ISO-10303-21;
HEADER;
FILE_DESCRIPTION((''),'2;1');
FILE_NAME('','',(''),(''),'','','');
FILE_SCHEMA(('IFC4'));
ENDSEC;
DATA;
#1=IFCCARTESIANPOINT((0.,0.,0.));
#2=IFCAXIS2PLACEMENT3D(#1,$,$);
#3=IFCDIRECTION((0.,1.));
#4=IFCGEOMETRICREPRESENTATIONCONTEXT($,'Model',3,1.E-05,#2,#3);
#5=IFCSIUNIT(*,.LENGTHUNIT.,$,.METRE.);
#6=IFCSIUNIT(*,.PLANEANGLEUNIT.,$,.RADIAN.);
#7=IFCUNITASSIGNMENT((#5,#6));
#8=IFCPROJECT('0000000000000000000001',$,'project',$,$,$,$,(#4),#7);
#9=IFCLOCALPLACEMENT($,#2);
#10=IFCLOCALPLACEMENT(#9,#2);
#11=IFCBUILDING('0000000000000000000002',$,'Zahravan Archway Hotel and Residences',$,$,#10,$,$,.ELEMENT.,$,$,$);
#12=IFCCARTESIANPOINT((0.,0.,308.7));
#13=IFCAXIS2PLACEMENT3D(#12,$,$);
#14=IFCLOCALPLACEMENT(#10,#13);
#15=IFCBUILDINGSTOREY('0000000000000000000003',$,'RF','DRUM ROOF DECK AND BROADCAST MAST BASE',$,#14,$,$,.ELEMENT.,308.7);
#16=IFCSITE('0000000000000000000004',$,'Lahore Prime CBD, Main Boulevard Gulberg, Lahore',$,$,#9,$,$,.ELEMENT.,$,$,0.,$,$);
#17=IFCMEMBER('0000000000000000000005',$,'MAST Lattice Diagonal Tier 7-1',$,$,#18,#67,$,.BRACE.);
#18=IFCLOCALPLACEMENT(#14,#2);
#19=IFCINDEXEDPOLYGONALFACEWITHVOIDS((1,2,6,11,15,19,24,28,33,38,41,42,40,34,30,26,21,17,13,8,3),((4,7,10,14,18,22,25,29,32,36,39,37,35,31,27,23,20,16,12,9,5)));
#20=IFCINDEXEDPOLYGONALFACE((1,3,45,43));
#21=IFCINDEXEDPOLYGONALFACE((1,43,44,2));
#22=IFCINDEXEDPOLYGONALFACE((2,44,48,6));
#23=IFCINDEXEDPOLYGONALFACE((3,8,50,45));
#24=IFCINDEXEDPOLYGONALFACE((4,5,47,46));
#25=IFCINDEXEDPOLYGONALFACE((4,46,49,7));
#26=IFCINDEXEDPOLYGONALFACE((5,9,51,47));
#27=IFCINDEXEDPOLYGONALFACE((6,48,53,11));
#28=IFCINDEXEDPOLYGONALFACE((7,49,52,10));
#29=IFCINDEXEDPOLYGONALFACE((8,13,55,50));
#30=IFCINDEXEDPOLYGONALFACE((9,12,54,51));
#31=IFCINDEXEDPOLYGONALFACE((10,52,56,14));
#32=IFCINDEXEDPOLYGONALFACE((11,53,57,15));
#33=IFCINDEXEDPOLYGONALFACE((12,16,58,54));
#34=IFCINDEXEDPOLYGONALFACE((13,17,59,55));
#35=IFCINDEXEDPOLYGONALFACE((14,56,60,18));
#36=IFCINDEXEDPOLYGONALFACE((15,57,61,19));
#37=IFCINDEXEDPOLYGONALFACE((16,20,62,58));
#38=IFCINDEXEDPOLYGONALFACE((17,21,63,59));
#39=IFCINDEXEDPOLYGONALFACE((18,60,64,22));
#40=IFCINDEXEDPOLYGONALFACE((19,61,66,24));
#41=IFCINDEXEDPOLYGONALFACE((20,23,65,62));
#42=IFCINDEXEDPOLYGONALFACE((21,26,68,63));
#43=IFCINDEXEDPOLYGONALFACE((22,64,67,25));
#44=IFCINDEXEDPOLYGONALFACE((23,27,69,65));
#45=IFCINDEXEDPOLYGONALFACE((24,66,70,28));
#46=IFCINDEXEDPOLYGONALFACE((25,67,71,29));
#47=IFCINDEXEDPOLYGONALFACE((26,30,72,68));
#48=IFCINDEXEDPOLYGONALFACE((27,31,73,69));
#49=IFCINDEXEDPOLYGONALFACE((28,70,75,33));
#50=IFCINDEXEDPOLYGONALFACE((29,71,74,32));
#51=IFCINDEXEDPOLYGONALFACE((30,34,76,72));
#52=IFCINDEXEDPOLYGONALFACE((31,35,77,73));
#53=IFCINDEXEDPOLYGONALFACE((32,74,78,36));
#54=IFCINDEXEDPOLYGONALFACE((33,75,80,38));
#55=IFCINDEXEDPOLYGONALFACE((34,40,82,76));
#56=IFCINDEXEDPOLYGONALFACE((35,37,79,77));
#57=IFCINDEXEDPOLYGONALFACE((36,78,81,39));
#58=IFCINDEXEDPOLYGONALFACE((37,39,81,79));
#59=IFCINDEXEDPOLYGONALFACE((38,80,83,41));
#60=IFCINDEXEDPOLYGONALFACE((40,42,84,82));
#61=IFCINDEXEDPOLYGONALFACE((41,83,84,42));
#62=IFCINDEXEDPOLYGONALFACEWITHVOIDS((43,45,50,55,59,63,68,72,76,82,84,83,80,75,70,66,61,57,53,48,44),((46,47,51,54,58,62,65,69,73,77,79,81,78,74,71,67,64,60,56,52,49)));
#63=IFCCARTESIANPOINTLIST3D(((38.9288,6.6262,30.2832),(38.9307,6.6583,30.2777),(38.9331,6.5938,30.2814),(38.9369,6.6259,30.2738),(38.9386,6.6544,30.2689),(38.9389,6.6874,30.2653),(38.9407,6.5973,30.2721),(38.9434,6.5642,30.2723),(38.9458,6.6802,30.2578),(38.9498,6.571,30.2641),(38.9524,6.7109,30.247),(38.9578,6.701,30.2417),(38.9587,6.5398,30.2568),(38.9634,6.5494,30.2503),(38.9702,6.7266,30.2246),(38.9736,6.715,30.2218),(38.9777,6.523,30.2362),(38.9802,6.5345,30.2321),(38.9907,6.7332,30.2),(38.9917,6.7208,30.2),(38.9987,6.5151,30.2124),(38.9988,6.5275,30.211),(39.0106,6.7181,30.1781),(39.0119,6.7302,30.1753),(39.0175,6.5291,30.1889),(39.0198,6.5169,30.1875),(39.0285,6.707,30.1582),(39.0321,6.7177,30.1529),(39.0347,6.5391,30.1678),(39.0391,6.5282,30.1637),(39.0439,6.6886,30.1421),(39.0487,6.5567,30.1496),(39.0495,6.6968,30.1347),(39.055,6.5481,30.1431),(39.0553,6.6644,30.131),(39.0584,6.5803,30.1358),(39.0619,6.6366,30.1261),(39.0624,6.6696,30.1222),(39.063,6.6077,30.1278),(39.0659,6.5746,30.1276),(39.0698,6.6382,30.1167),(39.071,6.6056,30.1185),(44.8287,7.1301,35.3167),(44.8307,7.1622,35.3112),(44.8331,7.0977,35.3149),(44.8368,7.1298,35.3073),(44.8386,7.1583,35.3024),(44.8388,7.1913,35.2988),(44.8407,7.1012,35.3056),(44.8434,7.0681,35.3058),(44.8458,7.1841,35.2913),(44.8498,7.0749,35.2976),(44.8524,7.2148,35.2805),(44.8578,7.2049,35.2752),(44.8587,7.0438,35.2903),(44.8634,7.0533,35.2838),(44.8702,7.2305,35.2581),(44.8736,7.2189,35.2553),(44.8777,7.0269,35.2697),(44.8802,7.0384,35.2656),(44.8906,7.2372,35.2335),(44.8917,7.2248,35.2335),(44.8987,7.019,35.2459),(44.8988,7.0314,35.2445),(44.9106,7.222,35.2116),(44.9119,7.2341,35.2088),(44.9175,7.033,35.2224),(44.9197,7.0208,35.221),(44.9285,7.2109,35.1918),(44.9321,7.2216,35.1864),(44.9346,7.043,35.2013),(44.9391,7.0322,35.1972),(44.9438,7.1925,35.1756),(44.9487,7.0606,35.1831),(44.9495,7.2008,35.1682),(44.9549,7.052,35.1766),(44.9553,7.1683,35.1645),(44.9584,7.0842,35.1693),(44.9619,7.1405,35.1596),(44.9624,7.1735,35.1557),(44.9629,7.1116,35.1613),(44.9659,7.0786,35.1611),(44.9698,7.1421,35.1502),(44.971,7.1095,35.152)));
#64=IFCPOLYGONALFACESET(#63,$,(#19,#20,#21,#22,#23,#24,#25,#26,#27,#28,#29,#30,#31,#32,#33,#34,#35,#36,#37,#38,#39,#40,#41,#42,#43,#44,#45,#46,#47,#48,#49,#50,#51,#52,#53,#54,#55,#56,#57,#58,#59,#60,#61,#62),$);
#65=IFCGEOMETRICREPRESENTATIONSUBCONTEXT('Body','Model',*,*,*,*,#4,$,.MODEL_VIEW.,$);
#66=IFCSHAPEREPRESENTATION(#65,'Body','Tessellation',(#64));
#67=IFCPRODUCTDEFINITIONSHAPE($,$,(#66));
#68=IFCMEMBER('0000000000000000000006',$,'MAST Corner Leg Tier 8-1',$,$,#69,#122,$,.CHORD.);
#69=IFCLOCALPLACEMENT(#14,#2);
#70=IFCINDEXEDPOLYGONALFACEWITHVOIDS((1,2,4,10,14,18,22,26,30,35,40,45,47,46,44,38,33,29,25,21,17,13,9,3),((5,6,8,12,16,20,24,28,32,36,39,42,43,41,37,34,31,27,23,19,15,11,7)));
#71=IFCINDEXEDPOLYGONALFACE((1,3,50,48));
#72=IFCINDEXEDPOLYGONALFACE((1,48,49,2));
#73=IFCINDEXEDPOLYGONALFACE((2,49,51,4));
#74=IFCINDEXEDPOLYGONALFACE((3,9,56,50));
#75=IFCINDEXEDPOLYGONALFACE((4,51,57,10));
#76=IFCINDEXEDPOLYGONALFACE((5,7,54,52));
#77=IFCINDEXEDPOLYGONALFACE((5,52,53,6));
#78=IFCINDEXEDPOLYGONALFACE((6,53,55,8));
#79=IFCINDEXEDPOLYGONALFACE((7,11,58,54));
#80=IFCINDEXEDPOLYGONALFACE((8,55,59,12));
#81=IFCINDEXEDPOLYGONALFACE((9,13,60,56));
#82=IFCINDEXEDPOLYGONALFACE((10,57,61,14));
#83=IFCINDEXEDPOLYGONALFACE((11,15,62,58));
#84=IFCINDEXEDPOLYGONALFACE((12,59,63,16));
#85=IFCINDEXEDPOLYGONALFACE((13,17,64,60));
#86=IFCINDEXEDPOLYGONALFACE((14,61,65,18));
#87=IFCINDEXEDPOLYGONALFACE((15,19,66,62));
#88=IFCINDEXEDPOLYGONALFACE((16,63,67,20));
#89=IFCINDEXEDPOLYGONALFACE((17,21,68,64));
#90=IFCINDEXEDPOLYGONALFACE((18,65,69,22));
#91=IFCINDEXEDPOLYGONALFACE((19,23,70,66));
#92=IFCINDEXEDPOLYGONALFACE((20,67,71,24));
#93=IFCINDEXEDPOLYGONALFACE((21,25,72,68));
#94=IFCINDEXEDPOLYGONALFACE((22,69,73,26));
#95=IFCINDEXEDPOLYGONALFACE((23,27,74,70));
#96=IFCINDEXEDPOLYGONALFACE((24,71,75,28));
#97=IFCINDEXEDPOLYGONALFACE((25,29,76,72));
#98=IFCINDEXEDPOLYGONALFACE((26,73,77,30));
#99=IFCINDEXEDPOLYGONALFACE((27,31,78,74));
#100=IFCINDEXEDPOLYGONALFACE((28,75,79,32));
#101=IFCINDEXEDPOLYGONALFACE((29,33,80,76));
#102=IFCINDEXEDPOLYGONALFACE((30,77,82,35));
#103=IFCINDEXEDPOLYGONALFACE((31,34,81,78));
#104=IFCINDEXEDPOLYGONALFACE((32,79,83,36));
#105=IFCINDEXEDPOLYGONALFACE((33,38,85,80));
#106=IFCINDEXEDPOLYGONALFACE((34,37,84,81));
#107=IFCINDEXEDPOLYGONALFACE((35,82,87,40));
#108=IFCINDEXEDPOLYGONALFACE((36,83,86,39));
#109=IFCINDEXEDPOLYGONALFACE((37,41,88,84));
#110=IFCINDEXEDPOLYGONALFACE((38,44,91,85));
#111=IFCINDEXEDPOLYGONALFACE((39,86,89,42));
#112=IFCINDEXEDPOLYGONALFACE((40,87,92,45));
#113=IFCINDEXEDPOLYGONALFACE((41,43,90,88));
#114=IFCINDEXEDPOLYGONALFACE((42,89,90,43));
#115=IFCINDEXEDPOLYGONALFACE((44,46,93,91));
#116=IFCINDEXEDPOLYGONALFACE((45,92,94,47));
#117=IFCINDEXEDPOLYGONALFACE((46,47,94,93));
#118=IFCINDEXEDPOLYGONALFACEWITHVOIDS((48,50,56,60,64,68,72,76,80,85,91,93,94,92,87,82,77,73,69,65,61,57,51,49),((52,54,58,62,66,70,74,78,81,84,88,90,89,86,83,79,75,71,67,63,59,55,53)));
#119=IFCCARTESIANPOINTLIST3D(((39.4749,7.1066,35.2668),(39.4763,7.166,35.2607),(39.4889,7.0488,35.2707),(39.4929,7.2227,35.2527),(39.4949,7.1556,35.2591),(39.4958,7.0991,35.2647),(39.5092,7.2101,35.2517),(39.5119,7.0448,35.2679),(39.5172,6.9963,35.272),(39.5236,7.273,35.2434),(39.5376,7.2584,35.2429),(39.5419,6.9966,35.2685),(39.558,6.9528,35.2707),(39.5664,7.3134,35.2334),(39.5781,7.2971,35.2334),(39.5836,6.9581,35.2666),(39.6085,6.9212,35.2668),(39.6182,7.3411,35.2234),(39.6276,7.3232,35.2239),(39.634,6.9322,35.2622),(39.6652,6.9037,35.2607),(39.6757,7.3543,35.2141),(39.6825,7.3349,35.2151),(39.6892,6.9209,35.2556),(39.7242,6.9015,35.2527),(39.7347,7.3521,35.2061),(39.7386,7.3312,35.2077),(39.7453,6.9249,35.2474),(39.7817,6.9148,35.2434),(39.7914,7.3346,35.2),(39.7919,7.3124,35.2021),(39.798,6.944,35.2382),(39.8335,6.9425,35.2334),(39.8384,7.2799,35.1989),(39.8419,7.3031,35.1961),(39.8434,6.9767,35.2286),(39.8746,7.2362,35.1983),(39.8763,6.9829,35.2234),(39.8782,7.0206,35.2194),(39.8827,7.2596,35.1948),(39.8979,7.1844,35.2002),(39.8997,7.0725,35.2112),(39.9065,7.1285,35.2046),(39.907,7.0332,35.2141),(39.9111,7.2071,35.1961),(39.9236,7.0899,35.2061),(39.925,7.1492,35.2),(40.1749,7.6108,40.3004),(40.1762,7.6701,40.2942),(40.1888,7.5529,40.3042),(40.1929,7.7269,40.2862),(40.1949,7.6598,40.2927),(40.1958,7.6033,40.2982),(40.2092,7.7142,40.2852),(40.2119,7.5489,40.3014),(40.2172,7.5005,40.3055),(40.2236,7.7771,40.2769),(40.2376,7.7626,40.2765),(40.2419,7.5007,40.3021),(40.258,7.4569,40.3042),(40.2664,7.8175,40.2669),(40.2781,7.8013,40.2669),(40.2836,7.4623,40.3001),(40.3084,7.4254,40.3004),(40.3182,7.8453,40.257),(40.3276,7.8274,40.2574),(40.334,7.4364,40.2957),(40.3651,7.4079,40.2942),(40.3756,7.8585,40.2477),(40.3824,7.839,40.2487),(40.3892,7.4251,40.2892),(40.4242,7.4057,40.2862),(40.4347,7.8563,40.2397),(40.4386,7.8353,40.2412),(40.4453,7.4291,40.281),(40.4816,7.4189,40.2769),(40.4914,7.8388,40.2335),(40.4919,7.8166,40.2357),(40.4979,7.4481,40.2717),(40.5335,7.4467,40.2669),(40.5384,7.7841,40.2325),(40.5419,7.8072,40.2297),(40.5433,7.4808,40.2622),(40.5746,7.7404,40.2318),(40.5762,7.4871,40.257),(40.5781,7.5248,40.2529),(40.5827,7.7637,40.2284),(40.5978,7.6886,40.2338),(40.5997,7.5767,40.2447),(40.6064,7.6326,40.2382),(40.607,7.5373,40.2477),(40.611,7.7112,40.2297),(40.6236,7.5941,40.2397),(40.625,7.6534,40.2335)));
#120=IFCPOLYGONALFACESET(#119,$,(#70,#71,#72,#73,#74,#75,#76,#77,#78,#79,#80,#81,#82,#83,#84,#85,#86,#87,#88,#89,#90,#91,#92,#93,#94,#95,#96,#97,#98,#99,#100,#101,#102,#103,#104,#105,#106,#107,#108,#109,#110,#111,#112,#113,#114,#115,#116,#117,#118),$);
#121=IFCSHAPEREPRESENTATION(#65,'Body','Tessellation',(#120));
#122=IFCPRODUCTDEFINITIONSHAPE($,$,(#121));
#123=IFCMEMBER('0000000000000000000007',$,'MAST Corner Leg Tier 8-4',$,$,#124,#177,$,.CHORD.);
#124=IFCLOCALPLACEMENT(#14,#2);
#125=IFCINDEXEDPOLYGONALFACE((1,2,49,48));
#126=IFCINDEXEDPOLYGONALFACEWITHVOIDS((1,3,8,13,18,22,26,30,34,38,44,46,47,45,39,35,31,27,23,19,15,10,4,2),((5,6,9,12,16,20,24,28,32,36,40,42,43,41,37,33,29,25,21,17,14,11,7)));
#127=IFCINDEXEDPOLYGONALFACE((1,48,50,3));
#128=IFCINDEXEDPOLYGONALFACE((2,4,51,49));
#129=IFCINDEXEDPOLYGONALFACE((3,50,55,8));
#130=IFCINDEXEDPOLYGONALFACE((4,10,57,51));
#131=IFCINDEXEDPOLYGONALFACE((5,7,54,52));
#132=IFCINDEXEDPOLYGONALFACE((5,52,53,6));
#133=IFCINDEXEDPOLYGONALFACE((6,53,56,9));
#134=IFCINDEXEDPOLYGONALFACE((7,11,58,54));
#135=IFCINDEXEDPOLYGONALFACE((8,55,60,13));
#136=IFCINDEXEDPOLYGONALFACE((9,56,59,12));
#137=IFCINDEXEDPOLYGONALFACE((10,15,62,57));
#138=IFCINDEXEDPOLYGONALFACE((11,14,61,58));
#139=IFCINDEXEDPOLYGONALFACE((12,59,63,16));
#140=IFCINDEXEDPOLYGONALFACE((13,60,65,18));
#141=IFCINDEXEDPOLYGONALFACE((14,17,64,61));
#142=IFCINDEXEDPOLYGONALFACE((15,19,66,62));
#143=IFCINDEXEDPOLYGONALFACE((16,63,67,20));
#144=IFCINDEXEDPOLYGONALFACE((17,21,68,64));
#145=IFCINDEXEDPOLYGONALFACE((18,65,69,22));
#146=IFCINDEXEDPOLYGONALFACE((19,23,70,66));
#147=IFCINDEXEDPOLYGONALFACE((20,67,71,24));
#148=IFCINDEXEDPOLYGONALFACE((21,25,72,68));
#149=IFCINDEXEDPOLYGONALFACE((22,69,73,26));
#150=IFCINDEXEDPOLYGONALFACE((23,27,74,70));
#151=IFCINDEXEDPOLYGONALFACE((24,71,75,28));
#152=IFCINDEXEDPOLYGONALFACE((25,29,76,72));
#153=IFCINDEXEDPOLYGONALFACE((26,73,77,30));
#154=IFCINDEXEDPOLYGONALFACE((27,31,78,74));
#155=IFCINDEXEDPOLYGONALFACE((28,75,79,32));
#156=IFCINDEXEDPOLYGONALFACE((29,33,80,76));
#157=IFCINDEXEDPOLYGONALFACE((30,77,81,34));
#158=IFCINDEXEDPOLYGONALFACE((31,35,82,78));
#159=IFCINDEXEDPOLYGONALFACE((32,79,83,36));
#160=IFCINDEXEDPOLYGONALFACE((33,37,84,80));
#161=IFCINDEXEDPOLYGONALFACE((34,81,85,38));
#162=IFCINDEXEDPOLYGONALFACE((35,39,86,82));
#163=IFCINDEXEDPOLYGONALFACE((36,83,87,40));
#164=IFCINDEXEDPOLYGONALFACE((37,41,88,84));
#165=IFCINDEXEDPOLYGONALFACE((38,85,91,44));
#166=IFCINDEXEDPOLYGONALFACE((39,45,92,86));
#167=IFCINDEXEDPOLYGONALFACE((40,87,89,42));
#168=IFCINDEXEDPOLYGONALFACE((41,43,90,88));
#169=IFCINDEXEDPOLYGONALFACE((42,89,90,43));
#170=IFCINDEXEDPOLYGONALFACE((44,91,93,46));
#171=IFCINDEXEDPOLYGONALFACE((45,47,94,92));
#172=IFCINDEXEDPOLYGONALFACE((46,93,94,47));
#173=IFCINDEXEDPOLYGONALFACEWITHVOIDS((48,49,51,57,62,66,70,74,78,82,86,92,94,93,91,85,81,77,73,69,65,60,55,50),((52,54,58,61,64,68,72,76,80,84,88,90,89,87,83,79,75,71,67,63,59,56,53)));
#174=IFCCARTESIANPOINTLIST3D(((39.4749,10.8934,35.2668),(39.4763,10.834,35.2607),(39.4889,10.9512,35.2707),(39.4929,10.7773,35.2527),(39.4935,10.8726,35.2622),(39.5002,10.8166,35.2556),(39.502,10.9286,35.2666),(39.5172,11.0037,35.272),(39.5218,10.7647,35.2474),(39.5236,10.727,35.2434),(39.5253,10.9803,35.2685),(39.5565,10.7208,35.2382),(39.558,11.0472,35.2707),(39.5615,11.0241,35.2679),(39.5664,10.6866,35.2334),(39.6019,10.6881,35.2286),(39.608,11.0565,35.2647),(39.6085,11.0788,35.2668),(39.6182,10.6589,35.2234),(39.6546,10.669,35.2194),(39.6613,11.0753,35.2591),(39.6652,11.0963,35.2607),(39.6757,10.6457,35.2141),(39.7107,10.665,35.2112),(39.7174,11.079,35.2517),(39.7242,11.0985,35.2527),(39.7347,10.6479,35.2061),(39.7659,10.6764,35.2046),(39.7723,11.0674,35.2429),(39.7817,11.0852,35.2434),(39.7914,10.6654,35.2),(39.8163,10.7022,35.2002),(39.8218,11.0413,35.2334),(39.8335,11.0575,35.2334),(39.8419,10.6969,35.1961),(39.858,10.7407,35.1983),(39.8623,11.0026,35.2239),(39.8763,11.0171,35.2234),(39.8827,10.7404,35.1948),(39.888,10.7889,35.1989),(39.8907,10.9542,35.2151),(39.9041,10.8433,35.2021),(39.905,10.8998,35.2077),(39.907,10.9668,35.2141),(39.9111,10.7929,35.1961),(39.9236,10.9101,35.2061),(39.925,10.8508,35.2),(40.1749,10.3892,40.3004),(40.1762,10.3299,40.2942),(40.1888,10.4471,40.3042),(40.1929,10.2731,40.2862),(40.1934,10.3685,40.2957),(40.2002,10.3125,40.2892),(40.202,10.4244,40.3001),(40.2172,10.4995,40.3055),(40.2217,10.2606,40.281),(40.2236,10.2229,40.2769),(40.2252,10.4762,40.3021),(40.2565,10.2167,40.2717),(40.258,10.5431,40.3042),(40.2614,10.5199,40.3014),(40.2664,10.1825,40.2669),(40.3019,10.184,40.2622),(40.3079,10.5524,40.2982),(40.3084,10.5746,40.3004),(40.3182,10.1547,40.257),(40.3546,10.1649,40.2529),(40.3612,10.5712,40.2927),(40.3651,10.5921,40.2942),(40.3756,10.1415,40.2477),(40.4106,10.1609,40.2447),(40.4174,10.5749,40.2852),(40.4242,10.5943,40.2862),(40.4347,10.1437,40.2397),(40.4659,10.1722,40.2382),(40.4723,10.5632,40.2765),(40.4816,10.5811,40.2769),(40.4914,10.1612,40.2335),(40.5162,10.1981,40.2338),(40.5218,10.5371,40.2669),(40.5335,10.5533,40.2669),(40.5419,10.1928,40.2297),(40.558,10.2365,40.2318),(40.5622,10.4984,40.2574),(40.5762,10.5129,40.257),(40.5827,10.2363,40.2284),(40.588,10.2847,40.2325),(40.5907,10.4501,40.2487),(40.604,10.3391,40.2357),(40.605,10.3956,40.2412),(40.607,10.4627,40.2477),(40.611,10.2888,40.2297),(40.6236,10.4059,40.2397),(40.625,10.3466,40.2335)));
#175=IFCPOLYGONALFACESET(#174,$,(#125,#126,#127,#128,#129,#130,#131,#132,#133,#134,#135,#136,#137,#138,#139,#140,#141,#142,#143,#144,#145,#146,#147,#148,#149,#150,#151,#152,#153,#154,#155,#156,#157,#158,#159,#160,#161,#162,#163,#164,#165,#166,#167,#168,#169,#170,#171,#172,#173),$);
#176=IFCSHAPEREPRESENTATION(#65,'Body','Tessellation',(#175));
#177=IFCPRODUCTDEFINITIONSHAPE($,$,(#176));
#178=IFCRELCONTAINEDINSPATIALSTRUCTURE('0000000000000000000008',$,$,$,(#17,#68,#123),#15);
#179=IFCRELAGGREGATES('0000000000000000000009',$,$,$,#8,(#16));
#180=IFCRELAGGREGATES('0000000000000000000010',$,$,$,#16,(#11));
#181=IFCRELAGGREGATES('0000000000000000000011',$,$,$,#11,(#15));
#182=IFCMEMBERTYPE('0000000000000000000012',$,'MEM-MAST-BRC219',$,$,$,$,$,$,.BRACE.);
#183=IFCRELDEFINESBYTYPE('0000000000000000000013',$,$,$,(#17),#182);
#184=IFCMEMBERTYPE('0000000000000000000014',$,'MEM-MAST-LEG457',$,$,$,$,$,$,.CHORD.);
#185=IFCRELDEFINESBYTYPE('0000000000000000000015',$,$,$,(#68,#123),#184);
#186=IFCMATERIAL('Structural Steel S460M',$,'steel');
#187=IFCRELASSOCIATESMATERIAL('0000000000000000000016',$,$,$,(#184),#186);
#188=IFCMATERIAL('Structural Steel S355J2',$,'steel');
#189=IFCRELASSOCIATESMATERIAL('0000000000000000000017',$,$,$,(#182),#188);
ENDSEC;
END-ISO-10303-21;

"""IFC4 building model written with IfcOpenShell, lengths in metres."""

from ifc_helpers import new_model, si_unit, direction, frame, origin, origin_2d, place, context, subcontext, project, spatial, hollow_circle, extrude, source, transform, mapped, material, material_profile, profile_set, type_object, element, save


model = new_model("IFC4")

# Units and contexts
model_context = context("Model", 3, precision=1e-05, world=origin(), true_north=direction((0.0, 1.0)))
body_context = subcontext(model_context, "Body", "Model", "MODEL_VIEW")
ifc_project = project(units=[si_unit("LENGTHUNIT", "METRE"), si_unit("PLANEANGLEUNIT", "RADIAN")], contexts=[model_context])

# Site, building, storey
site_placement = place(None, origin())
site = spatial("IfcSite", under=ifc_project, at=site_placement, Name="Lahore Prime CBD, Main Boulevard Gulberg, Lahore", CompositionType="ELEMENT", RefElevation=0.0)
building_placement = place(site_placement, origin())
building = spatial("IfcBuilding", under=site, at=building_placement, Name="Zahravan Archway Hotel and Residences", CompositionType="ELEMENT")
storey_placement = place(building_placement, frame((0.0, 0.0, 308.7)))
storey = spatial("IfcBuildingStorey", under=building, at=storey_placement, Name="RF", Description="DRUM ROOF DECK AND BROADCAST MAST BASE", CompositionType="ELEMENT", Elevation=308.7)

# Members
ifc_material_1 = material(Name="Structural Steel S460M", Category="steel")
ifc_material_profile_1 = material_profile(ifc_material_1, hollow_circle(Radius=0.2285, WallThickness=0.02, at=origin_2d()), Name="CHS 457x20", Category="steel")
ifc_profile_set_1 = profile_set([ifc_material_profile_1], Name="Structural Steel S460M")
member_type_1 = type_object("IfcMemberType", Name="MEM-MAST-LEG457", PredefinedType="CHORD", material=ifc_profile_set_1)
ifc_material_2 = material(Name="Structural Steel S355J2", Category="steel")
ifc_material_profile_2 = material_profile(ifc_material_2, hollow_circle(Radius=0.1096, WallThickness=0.0125, at=origin_2d()), Name="CHS 219.1x12.5", Category="steel")
ifc_profile_set_2 = profile_set([ifc_material_profile_2], Name="Structural Steel S355J2")
member_type_2 = type_object("IfcMemberType", Name="MEM-MAST-BRC219", PredefinedType="BRACE", material=ifc_profile_set_2)
shared_shape_1 = source(origin(), body_context, "Body", "SweptSolid", [
    extrude(hollow_circle(Radius=0.1096, WallThickness=0.0125, at=origin_2d()), origin(), (0.0, 0.0, 1.0), 7.7717),
])
member_1_placement = place(storey_placement, frame((39.0, 6.624, 30.2), z_axis=(0.759158, 0.064839, 0.647669), x_axis=(-0.085099, 0.996372, 0.0)))
element("IfcMember", 1, at=member_1_placement, inside=storey, type_object=member_type_2, Name="MAST Lattice Diagonal Tier 7-1", PredefinedType="BRACE", context=body_context, shape_type="MappedRepresentation", body=[
    mapped(shared_shape_1, transform((0.0, 0.0, 0.0), scale=1.0)),
])
shared_shape_2 = source(origin(), body_context, "Body", "SweptSolid", [
    extrude(hollow_circle(Radius=0.2285, WallThickness=0.02, at=origin_2d()), origin(), (0.0, 0.0, 1.0), 5.1069),
])
for number, where, z_axis, x_axis, name in (
    (2, (39.7, 7.1279, 35.2334), (0.137062, 0.098721, 0.985631), (-0.584446, 0.811432, 0.0), "MAST Corner Leg Tier 8-1"),
    (3, (39.7, 10.8721, 35.2334), (0.137062, -0.098721, 0.985631), (0.584446, 0.811432, 0.0), "MAST Corner Leg Tier 8-4"),
):
    element("IfcMember", number, at=place(storey_placement, frame(where, z_axis=z_axis, x_axis=x_axis)), inside=storey, type_object=member_type_1, Name=name, PredefinedType="CHORD", context=body_context, shape_type="MappedRepresentation", body=[
        mapped(shared_shape_2, transform((0.0, 0.0, 0.0), scale=1.0)),
    ])

save(model, "model.ifc")
